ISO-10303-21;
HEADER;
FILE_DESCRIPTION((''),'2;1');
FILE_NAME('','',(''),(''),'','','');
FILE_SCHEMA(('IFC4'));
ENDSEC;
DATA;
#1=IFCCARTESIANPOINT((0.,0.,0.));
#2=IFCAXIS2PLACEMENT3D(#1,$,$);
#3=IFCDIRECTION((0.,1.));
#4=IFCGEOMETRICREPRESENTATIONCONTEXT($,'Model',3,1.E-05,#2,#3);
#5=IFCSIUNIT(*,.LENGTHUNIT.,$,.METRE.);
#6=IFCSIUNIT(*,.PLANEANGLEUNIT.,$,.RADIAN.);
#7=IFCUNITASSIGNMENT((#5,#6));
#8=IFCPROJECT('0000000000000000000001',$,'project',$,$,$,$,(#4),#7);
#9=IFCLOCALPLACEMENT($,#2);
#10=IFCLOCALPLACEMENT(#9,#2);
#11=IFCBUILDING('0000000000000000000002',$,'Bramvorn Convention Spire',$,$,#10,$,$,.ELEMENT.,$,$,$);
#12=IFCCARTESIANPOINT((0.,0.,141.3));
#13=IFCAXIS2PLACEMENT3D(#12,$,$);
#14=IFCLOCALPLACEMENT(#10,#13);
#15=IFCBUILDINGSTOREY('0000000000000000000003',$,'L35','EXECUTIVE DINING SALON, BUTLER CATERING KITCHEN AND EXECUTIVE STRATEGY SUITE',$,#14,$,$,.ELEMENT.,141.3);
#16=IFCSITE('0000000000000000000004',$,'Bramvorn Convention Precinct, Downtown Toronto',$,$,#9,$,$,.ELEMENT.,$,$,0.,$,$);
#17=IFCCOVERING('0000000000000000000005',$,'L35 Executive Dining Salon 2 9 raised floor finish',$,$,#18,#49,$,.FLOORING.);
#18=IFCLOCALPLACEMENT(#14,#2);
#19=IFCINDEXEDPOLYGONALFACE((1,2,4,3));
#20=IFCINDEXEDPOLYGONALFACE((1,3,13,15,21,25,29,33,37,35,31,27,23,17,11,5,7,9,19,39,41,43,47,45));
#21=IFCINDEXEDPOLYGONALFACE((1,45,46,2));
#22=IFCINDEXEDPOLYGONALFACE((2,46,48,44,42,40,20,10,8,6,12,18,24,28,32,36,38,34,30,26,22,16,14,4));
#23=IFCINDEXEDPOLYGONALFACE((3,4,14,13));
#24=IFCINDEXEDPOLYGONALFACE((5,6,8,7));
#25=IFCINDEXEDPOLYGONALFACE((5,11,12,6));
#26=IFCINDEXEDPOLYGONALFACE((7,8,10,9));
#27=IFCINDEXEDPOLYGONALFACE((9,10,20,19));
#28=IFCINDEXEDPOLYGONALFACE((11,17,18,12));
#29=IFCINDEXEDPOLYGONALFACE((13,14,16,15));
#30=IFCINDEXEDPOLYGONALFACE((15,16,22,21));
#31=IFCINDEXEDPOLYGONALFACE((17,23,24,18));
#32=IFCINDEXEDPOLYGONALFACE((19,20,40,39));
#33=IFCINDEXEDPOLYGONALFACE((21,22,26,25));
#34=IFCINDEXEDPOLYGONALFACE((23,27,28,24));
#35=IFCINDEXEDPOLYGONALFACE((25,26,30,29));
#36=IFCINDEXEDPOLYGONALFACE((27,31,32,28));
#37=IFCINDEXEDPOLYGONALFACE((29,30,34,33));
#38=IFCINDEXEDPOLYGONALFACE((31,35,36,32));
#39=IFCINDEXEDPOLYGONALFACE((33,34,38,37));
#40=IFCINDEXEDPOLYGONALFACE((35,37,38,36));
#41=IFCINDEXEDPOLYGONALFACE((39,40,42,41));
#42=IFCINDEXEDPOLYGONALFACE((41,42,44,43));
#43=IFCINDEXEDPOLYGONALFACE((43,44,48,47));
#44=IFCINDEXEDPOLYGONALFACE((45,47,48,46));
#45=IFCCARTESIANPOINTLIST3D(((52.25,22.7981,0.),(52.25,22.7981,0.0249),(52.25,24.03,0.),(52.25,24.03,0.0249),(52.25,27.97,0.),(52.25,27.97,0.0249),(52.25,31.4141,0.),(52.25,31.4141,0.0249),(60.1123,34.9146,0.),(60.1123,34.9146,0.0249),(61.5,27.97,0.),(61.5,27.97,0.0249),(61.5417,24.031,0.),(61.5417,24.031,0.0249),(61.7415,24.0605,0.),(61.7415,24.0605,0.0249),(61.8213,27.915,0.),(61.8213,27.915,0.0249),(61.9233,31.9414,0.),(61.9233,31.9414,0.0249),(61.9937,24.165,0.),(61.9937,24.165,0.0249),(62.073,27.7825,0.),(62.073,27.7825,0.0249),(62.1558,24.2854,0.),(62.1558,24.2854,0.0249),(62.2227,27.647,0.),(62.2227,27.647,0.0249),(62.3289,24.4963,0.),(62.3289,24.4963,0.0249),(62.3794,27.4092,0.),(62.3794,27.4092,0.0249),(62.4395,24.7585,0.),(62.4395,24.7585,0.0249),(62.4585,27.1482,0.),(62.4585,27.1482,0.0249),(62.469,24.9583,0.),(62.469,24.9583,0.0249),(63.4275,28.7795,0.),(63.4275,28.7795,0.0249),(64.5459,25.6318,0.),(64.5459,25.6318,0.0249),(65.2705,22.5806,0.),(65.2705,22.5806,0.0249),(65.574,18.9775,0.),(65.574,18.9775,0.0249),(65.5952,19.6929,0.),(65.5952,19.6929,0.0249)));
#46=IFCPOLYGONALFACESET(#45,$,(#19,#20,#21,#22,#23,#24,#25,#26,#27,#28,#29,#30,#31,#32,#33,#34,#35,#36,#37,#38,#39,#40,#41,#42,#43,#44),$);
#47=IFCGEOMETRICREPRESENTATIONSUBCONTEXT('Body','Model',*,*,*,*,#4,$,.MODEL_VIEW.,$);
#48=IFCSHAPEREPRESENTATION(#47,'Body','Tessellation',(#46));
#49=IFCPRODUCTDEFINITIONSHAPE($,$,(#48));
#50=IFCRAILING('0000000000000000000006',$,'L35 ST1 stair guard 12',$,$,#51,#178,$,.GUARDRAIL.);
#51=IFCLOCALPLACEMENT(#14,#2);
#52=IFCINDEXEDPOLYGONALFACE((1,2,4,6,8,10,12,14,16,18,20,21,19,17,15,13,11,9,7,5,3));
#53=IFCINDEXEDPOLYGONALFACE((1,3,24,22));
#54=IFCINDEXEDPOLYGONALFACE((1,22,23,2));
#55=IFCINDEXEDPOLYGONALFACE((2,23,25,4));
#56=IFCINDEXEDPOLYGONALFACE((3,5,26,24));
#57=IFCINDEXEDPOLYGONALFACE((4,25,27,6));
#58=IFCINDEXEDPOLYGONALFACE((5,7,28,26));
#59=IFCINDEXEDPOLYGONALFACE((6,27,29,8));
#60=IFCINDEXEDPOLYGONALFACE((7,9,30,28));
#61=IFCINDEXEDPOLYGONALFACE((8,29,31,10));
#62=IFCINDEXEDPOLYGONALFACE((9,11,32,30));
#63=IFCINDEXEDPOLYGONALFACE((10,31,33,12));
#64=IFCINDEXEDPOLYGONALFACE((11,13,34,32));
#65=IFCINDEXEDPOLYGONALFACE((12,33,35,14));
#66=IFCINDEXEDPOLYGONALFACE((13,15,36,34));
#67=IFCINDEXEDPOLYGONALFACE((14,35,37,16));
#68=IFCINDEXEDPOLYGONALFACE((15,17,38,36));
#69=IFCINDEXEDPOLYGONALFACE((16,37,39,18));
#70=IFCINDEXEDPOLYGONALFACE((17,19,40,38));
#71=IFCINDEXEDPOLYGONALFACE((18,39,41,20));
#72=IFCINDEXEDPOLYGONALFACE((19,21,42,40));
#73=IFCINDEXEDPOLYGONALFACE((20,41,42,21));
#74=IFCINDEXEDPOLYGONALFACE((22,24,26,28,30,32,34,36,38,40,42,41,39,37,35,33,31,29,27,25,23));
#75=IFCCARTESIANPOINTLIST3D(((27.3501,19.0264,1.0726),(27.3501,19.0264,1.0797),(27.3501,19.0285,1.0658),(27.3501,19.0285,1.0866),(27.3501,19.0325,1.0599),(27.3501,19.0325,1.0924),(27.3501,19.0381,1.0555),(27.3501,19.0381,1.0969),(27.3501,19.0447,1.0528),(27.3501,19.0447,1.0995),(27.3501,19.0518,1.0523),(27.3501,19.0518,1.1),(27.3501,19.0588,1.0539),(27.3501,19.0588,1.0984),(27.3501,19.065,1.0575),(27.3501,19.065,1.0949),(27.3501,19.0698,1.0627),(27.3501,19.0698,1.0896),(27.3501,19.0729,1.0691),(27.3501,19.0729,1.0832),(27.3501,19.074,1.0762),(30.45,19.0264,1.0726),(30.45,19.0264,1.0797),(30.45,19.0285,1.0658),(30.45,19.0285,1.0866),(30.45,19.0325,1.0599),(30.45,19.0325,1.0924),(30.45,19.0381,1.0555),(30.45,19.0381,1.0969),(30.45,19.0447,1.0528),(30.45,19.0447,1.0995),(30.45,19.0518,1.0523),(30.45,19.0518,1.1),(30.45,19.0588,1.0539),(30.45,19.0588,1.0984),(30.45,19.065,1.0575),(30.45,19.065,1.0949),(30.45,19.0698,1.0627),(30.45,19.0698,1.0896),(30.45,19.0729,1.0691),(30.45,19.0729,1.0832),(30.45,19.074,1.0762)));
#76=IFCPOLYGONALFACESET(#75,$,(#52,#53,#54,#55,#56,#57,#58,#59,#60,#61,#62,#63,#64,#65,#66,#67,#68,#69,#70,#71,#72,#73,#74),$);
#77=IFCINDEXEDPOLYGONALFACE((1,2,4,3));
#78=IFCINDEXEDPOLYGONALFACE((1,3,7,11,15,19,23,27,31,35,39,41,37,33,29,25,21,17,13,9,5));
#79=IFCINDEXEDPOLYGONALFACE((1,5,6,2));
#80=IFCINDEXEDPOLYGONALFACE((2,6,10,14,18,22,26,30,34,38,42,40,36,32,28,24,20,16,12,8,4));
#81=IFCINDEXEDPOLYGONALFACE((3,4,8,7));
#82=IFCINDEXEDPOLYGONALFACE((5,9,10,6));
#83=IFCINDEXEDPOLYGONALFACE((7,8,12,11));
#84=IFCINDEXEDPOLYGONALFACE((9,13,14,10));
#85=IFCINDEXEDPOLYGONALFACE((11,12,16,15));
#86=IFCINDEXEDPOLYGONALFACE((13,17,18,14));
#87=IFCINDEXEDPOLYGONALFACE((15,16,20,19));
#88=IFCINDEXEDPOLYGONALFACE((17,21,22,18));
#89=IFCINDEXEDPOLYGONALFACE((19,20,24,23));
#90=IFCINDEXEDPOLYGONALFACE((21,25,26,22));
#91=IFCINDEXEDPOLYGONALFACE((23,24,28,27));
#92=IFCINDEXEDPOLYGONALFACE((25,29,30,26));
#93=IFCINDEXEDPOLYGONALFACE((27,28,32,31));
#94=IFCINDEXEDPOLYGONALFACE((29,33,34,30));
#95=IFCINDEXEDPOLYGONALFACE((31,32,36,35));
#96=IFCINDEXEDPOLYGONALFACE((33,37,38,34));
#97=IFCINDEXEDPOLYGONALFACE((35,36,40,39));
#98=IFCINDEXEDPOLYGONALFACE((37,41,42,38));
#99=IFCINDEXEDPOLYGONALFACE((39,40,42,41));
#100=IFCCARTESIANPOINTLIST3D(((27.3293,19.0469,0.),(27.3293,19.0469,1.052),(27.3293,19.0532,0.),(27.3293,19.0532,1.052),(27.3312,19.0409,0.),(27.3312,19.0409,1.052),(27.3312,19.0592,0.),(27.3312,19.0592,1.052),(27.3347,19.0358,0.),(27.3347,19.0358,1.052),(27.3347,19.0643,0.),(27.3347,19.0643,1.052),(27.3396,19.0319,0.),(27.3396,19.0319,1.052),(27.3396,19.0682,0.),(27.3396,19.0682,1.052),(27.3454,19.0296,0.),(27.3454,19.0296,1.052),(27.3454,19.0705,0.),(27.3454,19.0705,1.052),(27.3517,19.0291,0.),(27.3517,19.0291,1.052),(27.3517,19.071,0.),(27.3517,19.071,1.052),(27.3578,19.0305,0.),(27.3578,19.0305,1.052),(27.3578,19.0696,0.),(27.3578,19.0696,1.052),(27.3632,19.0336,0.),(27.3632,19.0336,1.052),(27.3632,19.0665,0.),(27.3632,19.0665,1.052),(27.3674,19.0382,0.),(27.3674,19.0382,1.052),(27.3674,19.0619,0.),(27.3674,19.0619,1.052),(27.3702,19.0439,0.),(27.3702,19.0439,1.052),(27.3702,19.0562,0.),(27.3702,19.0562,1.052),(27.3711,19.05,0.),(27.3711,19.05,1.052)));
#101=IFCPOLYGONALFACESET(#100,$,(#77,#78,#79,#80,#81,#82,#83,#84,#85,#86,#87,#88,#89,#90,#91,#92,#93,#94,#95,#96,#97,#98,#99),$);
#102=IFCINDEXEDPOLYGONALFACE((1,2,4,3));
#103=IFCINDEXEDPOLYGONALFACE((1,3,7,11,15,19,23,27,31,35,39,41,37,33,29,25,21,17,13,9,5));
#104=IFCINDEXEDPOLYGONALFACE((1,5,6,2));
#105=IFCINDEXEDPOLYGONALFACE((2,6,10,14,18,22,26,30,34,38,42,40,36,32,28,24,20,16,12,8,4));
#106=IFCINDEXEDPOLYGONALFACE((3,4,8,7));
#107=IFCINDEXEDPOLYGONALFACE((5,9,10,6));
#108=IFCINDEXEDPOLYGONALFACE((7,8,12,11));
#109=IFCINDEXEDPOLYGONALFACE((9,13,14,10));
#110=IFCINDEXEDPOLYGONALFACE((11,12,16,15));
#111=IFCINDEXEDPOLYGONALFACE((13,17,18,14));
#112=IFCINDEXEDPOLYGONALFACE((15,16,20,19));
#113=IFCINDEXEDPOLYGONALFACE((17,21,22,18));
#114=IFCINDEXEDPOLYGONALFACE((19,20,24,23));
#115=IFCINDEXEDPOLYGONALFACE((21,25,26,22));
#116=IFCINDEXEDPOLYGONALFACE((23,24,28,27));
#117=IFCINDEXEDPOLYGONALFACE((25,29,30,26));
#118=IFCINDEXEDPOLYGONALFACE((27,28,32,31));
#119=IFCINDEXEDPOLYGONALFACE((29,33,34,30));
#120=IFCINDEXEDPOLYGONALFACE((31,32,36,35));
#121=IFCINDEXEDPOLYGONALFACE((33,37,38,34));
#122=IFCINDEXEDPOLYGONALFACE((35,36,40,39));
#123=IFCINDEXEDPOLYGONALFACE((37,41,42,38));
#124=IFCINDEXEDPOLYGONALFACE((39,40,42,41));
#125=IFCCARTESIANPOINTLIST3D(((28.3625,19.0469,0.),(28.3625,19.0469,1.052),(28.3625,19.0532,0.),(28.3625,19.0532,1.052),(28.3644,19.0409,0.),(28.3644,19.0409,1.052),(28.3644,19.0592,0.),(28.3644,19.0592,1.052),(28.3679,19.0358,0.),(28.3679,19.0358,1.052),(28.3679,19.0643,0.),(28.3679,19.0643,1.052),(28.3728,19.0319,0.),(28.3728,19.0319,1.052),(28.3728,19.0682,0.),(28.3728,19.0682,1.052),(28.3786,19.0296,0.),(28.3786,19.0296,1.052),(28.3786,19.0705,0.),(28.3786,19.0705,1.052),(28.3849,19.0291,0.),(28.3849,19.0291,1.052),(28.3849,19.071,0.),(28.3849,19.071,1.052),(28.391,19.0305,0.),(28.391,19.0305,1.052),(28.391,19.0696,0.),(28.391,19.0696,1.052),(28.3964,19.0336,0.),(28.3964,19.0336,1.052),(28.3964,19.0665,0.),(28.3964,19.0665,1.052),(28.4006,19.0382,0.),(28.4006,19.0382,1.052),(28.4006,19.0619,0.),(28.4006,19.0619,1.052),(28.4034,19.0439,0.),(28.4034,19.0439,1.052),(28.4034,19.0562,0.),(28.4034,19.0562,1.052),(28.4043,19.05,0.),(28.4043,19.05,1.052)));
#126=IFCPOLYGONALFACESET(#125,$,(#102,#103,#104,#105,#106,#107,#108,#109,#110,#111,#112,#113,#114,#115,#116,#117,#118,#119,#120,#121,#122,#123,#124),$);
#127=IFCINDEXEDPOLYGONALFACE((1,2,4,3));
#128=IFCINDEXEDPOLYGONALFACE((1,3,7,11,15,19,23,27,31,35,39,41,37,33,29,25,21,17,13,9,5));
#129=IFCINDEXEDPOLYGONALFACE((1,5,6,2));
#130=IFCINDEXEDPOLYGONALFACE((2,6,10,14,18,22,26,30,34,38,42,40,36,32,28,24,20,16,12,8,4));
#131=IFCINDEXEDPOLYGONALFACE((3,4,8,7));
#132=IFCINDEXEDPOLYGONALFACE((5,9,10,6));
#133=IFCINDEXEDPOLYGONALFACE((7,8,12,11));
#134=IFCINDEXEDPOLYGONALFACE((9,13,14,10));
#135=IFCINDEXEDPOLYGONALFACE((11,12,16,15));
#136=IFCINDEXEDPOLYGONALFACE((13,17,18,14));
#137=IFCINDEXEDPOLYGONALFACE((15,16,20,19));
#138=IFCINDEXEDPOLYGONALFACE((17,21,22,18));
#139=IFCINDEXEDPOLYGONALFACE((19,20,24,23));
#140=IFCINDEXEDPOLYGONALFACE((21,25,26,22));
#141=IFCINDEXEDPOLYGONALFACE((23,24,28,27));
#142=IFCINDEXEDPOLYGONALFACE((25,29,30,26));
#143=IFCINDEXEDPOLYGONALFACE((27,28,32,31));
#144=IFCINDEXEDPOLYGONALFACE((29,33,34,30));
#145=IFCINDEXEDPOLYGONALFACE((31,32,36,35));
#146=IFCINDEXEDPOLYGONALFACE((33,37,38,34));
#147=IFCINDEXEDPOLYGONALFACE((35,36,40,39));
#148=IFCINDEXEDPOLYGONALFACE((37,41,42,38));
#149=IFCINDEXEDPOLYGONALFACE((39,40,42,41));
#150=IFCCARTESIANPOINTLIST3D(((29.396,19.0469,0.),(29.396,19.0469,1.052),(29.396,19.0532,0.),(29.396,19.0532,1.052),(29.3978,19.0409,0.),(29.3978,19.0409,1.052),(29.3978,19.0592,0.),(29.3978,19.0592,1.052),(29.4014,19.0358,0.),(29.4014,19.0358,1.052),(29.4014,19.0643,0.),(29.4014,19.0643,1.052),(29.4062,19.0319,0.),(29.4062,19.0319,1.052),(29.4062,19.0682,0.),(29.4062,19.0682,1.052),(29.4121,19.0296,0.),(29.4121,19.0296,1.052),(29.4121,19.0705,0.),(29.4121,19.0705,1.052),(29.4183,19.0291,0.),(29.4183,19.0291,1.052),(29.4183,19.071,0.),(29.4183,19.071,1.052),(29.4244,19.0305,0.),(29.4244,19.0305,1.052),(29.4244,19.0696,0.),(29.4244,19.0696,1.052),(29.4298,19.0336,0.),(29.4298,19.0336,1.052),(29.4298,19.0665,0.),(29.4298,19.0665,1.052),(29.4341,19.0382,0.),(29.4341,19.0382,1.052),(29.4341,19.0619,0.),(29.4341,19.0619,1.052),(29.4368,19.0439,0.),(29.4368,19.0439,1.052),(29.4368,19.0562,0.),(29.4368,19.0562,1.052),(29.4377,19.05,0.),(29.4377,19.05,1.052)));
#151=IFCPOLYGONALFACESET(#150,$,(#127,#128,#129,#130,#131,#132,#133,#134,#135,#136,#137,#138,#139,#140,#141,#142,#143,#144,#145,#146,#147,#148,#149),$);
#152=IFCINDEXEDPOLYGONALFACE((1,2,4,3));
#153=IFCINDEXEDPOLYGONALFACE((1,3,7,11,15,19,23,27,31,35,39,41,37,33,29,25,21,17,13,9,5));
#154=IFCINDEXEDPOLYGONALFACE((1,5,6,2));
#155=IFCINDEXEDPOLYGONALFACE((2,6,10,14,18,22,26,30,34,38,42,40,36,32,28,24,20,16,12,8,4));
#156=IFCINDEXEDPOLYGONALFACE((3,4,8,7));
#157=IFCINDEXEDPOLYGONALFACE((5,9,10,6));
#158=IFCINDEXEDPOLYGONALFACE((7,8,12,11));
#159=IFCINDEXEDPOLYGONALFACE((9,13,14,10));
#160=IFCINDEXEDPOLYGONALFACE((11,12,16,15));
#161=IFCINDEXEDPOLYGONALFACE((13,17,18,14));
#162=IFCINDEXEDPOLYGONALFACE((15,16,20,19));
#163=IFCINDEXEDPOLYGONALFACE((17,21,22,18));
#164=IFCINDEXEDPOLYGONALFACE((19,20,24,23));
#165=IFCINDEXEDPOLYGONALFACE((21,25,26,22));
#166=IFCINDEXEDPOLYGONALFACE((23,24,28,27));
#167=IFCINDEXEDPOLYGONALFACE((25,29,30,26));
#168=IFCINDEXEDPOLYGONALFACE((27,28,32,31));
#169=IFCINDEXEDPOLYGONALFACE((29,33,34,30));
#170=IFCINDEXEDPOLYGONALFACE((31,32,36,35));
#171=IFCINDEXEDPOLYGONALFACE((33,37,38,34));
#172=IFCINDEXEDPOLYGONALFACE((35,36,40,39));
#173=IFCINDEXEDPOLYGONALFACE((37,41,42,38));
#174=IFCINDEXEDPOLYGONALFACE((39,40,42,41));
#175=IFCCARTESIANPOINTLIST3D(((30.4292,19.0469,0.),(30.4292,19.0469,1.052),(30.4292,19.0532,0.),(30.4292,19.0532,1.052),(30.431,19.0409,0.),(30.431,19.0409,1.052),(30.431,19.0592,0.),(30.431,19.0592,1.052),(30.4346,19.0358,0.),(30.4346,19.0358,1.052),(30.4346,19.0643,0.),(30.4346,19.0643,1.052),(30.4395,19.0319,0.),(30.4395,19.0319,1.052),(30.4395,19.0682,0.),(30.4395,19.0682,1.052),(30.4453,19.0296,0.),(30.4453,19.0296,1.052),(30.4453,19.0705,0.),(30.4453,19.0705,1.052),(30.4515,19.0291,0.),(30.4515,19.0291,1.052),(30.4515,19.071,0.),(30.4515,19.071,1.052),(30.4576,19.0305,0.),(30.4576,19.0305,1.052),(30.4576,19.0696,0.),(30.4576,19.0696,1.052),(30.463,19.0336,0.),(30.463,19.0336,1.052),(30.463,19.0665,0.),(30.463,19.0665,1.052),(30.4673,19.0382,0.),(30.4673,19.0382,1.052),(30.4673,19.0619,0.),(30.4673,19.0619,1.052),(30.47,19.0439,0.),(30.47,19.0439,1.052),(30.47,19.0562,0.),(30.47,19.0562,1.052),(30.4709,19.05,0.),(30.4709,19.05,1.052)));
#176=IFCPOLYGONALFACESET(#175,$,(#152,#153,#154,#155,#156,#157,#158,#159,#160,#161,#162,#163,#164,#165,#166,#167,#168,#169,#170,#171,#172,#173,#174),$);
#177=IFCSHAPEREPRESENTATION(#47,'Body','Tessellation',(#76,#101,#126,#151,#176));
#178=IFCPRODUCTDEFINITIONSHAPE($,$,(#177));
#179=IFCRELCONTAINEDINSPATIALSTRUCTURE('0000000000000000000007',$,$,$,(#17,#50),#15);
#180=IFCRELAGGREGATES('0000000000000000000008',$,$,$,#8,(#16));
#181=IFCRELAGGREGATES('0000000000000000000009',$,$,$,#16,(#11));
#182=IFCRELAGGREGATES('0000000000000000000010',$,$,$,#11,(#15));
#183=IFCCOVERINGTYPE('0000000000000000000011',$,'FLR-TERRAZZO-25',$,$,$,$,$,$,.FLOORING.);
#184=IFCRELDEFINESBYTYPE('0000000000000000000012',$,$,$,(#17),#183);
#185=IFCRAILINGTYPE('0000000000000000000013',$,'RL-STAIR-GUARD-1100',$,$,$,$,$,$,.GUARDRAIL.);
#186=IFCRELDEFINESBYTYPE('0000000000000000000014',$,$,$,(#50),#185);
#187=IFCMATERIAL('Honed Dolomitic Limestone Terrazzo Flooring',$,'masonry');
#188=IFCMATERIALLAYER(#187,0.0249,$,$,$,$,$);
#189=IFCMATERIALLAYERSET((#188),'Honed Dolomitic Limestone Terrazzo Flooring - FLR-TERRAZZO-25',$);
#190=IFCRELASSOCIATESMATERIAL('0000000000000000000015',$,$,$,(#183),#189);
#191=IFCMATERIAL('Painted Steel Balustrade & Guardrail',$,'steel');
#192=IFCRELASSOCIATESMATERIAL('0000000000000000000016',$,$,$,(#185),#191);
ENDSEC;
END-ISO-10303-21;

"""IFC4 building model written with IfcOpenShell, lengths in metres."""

from ifc_helpers import new_model, si_unit, direction, frame, origin, origin_2d, place, context, subcontext, project, spatial, polyline, circle, outline, extrude, material, layer, layer_set, type_object, element, save


model = new_model("IFC4")

# Units and contexts
model_context = context("Model", 3, precision=1e-05, world=origin(), true_north=direction((0.0, 1.0)))
body_context = subcontext(model_context, "Body", "Model", "MODEL_VIEW")
ifc_project = project(units=[si_unit("LENGTHUNIT", "METRE"), si_unit("PLANEANGLEUNIT", "RADIAN")], contexts=[model_context])

# Site, building, storey
site_placement = place(None, origin())
site = spatial("IfcSite", under=ifc_project, at=site_placement, Name="Bramvorn Convention Precinct, Downtown Toronto", CompositionType="ELEMENT", RefElevation=0.0)
building_placement = place(site_placement, origin())
building = spatial("IfcBuilding", under=site, at=building_placement, Name="Bramvorn Convention Spire", CompositionType="ELEMENT")
storey_placement = place(building_placement, frame((0.0, 0.0, 141.3)))
storey = spatial("IfcBuildingStorey", under=building, at=storey_placement, Name="L35", Description="EXECUTIVE DINING SALON, BUTLER CATERING KITCHEN AND EXECUTIVE STRATEGY SUITE", CompositionType="ELEMENT", Elevation=141.3)

# Covering
ifc_material_1 = material(Name="Honed Dolomitic Limestone Terrazzo Flooring", Category="masonry")
ifc_layer_1 = layer(ifc_material_1, 0.0249)
ifc_layer_set_1 = layer_set([ifc_layer_1], Name="Honed Dolomitic Limestone Terrazzo Flooring - FLR-TERRAZZO-25")
covering_type = type_object("IfcCoveringType", Name="FLR-TERRAZZO-25", PredefinedType="FLOORING", material=ifc_layer_set_1)
covering_1_placement = place(storey_placement, origin())
element("IfcCovering", 1, at=covering_1_placement, inside=storey, type_object=covering_type, Name="L35 Executive Dining Salon 2 9 raised floor finish", PredefinedType="FLOORING", context=body_context, shape_type="SweptSolid", body=[
    extrude(outline(polyline([(52.25, 31.4141), (52.25, 27.97), (61.5, 27.97), (61.8213, 27.915), (62.073, 27.7825), (62.2227, 27.647), (62.3794, 27.4092), (62.4585, 27.1482), (62.469, 24.9583), (62.4395, 24.7585), (62.3289, 24.4963), (62.1558, 24.2854), (61.9937, 24.165), (61.7415, 24.0605), (61.5417, 24.031), (52.25, 24.03), (52.25, 22.7981), (65.574, 18.9775), (65.5952, 19.6929), (65.2705, 22.5806), (64.5459, 25.6318), (63.4275, 28.7795), (61.9233, 31.9414), (60.1123, 34.9146), (52.25, 31.4141)])), origin(), (0.0, 0.0, 1.0), 0.0249),
])

# Railing
ifc_material_2 = material(Name="Painted Steel Balustrade & Guardrail", Category="steel")
railing_type = type_object("IfcRailingType", Name="RL-STAIR-GUARD-1100", PredefinedType="GUARDRAIL", material=ifc_material_2)
railing_placement = place(storey_placement, frame((27.3501, 19.05, 0.0)))
element("IfcRailing", 2, at=railing_placement, inside=storey, type_object=railing_type, Name="L35 ST1 stair guard 12", PredefinedType="GUARDRAIL", context=body_context, shape_type="SweptSolid", body=[
    extrude(circle(Radius=0.0239, at=origin_2d()), frame((0.0, 0.0, 1.0762), z_axis=(1.0, 0.0, 0.0), x_axis=(0.0, 1.0, 0.0)), (0.0, 0.0, 1.0), 3.0999),
    extrude(circle(Radius=0.021, at=origin_2d()), origin(), (0.0, 0.0, 1.0), 1.052),
    extrude(circle(Radius=0.021, at=origin_2d()), frame((1.0332, 0.0, 0.0)), (0.0, 0.0, 1.0), 1.052),
    extrude(circle(Radius=0.021, at=origin_2d()), frame((2.0667, 0.0, 0.0)), (0.0, 0.0, 1.0), 1.052),
    extrude(circle(Radius=0.021, at=origin_2d()), frame((3.0999, 0.0, 0.0)), (0.0, 0.0, 1.0), 1.052),
])

save(model, "model.ifc")
